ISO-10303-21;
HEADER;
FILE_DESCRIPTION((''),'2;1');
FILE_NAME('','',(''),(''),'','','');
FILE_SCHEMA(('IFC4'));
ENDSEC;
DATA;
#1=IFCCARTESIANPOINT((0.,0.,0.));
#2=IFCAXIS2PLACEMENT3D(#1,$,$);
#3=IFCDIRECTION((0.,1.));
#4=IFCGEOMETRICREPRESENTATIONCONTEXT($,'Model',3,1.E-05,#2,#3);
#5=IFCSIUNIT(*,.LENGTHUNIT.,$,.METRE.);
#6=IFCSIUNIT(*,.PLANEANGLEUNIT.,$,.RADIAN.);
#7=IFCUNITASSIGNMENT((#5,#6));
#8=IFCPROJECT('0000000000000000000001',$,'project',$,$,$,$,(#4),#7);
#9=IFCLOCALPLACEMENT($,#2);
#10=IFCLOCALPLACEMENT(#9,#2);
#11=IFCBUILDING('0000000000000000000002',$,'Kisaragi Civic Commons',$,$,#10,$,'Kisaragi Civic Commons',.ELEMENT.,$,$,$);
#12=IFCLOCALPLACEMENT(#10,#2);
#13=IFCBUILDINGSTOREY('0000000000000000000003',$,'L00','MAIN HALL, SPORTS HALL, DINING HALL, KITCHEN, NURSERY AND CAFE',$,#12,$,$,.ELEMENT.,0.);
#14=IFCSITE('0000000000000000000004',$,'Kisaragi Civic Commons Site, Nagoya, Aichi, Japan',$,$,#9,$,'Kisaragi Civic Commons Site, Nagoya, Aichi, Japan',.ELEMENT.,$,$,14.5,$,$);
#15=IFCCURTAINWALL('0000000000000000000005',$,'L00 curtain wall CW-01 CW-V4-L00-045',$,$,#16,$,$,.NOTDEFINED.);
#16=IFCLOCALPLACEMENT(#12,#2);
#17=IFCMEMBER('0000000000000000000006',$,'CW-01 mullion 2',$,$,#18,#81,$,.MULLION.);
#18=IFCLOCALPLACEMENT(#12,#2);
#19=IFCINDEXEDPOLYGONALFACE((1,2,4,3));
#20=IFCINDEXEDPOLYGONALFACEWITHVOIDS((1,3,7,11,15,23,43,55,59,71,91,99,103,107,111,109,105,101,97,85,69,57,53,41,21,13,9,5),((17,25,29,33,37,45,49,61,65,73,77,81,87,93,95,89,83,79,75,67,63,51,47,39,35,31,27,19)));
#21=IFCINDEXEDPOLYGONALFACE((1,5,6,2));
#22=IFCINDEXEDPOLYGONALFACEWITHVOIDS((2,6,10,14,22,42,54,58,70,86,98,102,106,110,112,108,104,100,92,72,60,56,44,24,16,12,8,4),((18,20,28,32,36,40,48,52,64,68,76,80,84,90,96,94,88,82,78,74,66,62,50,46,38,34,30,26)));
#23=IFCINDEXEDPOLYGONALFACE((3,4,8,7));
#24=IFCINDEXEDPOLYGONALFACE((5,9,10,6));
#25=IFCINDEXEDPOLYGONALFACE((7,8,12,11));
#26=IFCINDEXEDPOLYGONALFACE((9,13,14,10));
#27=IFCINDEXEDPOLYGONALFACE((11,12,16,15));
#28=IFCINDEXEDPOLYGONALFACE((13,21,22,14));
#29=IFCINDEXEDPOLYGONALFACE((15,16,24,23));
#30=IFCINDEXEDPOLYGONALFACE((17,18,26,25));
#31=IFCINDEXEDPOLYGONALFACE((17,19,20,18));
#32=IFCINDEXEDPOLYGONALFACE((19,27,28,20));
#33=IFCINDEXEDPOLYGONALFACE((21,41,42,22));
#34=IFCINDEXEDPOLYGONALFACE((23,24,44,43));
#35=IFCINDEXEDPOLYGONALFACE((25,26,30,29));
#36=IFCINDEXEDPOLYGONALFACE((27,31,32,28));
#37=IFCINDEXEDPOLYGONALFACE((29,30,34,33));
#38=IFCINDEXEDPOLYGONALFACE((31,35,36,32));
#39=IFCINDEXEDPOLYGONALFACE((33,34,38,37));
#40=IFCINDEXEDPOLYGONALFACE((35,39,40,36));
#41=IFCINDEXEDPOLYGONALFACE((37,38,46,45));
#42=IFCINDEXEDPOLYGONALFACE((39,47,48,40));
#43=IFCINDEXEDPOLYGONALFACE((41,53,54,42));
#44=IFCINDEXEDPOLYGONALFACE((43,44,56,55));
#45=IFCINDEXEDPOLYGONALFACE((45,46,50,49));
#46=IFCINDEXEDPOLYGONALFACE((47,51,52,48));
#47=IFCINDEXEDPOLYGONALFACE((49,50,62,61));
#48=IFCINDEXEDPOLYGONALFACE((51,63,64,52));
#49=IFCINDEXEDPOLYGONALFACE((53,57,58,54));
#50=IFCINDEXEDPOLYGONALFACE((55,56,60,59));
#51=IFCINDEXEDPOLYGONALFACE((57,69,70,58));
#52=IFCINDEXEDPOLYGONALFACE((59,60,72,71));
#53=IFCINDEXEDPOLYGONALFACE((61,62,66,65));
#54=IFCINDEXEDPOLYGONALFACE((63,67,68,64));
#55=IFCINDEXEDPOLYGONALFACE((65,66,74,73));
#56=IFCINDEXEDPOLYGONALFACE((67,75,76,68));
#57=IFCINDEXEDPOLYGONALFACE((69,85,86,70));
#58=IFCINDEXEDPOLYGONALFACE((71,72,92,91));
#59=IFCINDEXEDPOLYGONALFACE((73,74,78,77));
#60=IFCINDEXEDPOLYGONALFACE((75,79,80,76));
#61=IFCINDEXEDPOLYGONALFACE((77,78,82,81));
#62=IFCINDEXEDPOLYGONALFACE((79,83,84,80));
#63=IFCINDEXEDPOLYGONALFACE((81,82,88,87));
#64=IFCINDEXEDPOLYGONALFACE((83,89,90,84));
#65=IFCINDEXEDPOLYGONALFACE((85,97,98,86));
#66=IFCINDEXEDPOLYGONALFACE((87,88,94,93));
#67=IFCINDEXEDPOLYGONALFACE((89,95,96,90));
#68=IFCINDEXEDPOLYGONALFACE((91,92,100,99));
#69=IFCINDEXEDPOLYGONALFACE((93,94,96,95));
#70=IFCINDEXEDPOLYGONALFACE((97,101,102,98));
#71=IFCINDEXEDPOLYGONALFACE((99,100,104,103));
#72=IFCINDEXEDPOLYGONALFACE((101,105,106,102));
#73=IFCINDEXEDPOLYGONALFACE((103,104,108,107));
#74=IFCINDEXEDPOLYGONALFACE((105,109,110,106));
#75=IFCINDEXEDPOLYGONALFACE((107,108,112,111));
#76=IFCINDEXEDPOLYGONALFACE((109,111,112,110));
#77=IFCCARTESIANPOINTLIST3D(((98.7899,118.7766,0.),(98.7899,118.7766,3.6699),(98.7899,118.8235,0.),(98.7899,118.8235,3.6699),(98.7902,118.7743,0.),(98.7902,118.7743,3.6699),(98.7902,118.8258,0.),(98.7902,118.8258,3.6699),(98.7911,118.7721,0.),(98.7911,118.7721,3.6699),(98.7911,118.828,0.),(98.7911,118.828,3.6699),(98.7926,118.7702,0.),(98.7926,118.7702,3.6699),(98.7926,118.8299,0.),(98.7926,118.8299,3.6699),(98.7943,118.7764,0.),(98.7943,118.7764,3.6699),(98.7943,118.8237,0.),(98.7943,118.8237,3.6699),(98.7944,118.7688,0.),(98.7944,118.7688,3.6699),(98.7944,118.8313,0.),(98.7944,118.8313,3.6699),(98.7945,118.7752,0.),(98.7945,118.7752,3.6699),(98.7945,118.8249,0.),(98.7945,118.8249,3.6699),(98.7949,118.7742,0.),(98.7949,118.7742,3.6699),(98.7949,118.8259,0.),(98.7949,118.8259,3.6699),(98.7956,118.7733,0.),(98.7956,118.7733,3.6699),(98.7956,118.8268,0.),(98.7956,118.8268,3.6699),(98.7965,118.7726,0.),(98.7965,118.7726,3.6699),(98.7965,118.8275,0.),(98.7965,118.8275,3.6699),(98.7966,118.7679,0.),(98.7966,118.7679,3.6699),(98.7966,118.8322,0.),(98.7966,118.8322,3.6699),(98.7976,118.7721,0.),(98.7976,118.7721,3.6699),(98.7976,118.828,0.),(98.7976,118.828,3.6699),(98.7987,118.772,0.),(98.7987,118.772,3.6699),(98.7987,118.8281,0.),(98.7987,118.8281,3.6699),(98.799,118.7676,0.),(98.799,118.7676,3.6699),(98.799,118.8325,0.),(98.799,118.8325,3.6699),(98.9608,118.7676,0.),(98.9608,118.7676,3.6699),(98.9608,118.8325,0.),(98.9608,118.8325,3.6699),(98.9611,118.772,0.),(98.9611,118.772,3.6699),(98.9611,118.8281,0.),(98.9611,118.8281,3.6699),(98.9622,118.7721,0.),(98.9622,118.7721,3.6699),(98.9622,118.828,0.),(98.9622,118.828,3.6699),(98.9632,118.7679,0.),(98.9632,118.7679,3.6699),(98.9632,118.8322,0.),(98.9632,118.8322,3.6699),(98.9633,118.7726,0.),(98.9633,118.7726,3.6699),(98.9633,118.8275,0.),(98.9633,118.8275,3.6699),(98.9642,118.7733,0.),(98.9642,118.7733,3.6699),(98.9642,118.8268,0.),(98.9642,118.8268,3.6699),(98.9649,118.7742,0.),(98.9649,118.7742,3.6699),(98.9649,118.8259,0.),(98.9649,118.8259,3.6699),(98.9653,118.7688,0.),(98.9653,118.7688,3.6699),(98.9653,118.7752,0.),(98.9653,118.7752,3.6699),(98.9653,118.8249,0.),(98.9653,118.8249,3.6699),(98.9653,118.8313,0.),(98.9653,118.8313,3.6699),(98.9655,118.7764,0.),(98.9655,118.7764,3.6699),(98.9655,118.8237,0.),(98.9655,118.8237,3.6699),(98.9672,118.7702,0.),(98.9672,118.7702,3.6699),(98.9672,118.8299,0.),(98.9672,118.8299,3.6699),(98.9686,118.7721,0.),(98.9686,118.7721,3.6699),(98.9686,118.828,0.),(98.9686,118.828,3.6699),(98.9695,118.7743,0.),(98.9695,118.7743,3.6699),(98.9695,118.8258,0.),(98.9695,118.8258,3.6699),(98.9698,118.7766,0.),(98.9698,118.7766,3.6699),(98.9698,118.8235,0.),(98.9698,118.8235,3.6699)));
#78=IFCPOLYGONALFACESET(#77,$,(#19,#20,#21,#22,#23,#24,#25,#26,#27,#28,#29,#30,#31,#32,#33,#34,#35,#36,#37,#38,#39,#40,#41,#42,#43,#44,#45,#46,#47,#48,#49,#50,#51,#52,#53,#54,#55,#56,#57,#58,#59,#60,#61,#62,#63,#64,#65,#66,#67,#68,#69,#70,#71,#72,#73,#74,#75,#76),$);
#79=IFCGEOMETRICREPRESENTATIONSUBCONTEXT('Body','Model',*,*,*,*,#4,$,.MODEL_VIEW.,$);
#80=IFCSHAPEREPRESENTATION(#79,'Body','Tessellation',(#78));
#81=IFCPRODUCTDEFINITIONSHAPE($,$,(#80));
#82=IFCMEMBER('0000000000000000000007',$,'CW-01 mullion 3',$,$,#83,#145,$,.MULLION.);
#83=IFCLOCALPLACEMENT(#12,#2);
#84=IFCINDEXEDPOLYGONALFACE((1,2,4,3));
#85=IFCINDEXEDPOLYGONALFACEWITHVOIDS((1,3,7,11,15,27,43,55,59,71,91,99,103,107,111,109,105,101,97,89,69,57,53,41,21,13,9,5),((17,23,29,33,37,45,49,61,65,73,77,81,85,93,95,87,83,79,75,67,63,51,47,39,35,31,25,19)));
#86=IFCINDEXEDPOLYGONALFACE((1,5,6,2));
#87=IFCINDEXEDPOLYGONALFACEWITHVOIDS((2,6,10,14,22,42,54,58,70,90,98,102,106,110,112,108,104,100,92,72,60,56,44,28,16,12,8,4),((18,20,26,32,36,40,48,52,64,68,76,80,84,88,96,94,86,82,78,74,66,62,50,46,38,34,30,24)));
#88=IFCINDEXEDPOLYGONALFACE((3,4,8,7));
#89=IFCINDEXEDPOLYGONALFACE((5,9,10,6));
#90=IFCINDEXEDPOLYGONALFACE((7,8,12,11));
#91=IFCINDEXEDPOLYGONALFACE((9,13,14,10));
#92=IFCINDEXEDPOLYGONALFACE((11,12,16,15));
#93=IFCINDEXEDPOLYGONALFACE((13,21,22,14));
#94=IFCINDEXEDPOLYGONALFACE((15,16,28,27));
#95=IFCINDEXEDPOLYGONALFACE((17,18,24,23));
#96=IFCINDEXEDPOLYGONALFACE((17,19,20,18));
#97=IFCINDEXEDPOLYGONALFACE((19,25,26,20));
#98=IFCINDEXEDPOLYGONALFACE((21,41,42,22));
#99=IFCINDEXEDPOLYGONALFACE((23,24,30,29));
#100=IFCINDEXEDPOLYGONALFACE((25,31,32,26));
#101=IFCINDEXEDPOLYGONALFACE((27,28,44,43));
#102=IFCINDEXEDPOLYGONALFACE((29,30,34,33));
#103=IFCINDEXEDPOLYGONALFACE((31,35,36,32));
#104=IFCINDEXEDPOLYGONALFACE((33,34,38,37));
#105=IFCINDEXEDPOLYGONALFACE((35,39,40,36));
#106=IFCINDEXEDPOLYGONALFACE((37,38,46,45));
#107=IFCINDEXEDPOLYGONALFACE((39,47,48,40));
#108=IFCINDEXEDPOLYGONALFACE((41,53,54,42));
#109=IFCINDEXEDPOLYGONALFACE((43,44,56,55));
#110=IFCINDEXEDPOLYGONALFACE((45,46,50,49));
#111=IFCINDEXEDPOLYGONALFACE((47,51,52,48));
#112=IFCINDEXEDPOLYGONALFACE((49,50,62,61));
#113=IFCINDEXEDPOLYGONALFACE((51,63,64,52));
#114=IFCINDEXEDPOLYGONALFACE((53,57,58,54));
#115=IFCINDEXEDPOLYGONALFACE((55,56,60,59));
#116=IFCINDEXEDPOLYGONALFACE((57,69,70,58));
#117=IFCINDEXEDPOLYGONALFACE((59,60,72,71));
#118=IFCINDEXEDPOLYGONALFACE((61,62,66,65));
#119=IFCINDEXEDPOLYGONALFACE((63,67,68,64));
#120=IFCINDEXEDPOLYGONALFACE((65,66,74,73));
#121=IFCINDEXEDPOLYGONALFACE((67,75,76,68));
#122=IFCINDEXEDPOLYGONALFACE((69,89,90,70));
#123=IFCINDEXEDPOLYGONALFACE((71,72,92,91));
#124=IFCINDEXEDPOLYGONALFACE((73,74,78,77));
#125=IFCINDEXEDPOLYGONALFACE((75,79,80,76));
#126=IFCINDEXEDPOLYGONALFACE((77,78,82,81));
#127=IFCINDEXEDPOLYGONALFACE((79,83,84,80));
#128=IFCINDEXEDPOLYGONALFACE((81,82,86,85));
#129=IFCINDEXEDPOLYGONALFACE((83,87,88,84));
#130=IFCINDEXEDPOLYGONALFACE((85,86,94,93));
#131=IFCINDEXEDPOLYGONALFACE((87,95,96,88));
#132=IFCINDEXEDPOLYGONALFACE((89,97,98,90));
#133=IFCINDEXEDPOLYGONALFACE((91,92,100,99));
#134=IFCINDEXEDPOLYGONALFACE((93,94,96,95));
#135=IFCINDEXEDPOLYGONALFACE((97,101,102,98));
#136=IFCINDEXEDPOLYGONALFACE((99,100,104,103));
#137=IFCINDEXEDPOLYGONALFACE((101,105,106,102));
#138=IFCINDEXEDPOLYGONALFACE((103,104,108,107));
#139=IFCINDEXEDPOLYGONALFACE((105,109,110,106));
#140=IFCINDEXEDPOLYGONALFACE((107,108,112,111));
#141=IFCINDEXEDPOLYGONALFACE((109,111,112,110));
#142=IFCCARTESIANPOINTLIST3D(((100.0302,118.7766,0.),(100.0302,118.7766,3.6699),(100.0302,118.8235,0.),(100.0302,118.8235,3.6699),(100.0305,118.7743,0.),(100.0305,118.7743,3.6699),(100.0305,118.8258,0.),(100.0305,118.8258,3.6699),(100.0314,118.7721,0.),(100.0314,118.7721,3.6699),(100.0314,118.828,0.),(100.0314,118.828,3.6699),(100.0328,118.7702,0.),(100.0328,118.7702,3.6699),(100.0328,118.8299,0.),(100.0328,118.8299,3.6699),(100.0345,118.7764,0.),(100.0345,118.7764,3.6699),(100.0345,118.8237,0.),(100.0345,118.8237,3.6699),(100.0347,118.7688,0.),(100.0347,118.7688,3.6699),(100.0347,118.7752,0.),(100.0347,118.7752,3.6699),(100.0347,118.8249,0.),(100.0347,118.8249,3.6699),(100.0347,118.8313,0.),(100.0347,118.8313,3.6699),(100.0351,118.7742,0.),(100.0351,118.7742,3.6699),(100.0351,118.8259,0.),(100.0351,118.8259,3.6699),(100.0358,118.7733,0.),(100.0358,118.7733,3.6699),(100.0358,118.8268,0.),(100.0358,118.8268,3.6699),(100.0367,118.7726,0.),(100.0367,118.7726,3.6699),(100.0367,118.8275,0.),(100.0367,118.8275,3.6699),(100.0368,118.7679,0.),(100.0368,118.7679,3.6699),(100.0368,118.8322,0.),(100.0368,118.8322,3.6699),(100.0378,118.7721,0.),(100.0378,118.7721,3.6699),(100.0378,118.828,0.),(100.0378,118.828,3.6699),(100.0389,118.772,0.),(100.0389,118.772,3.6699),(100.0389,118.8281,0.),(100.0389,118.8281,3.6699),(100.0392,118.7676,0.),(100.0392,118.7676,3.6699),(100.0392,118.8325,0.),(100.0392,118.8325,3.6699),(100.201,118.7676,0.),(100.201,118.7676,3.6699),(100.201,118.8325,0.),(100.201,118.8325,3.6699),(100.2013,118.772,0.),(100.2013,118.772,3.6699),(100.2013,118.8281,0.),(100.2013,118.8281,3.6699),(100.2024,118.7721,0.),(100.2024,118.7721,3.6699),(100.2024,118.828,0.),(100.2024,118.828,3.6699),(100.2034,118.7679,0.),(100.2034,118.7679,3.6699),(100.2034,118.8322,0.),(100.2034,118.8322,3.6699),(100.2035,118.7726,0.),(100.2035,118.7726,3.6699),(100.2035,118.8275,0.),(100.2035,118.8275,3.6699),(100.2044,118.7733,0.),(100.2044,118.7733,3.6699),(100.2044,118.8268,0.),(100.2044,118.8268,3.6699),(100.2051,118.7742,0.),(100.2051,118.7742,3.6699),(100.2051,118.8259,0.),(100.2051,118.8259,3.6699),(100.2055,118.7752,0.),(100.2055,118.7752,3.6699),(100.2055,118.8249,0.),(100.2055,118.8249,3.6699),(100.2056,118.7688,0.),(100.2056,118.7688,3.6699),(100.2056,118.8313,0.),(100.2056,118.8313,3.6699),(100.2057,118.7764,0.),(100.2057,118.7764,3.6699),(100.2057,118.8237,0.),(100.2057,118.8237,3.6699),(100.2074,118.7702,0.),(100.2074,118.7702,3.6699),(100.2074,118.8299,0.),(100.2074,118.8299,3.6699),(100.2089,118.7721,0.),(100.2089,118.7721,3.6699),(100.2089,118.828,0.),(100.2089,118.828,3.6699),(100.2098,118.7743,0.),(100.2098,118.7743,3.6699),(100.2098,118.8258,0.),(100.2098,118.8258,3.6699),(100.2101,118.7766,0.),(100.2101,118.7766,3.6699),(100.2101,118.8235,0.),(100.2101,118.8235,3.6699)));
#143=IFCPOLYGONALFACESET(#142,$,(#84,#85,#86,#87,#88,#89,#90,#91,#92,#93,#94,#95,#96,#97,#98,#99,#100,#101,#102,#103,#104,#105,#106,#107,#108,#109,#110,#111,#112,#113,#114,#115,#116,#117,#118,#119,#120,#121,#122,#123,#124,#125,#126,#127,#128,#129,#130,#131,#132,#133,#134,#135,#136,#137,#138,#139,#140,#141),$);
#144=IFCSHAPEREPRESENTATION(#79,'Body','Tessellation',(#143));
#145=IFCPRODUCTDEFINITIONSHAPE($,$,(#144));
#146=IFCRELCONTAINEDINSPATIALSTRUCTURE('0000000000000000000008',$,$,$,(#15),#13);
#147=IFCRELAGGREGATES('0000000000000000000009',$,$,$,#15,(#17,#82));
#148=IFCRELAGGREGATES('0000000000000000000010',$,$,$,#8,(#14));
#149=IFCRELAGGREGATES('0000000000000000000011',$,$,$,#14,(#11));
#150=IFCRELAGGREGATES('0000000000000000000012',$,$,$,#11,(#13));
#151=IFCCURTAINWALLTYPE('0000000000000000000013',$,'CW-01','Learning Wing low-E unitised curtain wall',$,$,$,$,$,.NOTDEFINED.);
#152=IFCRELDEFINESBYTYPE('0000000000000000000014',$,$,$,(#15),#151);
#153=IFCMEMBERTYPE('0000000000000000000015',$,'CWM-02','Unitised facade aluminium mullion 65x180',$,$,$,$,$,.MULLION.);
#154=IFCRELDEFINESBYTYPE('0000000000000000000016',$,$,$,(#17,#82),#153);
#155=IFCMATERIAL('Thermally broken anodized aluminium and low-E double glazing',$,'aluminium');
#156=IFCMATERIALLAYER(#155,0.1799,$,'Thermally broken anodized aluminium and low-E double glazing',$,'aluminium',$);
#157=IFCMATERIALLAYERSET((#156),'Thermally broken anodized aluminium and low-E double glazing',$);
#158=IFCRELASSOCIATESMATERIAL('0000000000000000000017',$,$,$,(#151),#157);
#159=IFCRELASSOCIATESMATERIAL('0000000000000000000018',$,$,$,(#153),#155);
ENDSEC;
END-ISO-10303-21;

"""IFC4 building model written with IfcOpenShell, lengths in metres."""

from ifc_helpers import new_model, si_unit, direction, frame, origin, origin_2d, place, context, subcontext, project, spatial, hollow_rectangle, extrude, material, layer, layer_set, material_profile, profile_set, type_object, element, aggregate, save


model = new_model("IFC4")

# Units and contexts
model_context = context("Model", 3, precision=1e-05, world=origin(), true_north=direction((0.0, 1.0)))
body_context = subcontext(model_context, "Body", "Model", "MODEL_VIEW")
ifc_project = project(units=[si_unit("LENGTHUNIT", "METRE"), si_unit("PLANEANGLEUNIT", "RADIAN")], contexts=[model_context])

# Site, building, storey
site_placement = place(None, origin())
site = spatial("IfcSite", under=ifc_project, at=site_placement, Name="Kisaragi Civic Commons Site, Nagoya, Aichi, Japan", LongName="Kisaragi Civic Commons Site, Nagoya, Aichi, Japan", CompositionType="ELEMENT", RefElevation=14.5)
building_placement = place(site_placement, origin())
building = spatial("IfcBuilding", under=site, at=building_placement, Name="Kisaragi Civic Commons", LongName="Kisaragi Civic Commons", CompositionType="ELEMENT")
storey_placement = place(building_placement, origin())
storey = spatial("IfcBuildingStorey", under=building, at=storey_placement, Name="L00", Description="MAIN HALL, SPORTS HALL, DINING HALL, KITCHEN, NURSERY AND CAFE", CompositionType="ELEMENT", Elevation=0.0)

# Curtain wall, members
ifc_material_1 = material(Name="Thermally broken anodized aluminium and low-E double glazing", Category="aluminium")
ifc_layer_1 = layer(ifc_material_1, 0.1799, Name="Thermally broken anodized aluminium and low-E double glazing", Category="aluminium")
ifc_layer_set_1 = layer_set([ifc_layer_1], Name="Thermally broken anodized aluminium and low-E double glazing")
curtain_wall_type = type_object("IfcCurtainWallType", Name="CW-01", Description="Learning Wing low-E unitised curtain wall", PredefinedType="NOTDEFINED", material=ifc_layer_set_1)
curtain_wall_placement = place(storey_placement, origin())
curtain_wall = element("IfcCurtainWall", 1, at=curtain_wall_placement, inside=storey, type_object=curtain_wall_type, Name="L00 curtain wall CW-01 CW-V4-L00-045", PredefinedType="NOTDEFINED")
ifc_material_profile_1 = material_profile(ifc_material_1, hollow_rectangle(XDim=0.0649, YDim=0.1799, WallThickness=0.0044, InnerFilletRadius=0.0044, OuterFilletRadius=0.009, at=origin_2d()), Name="CWM-65x180x4.5", Category="aluminium")
ifc_profile_set_1 = profile_set([ifc_material_profile_1], Name="Thermally broken anodized aluminium and low-E double glazing")
member_type_1 = type_object("IfcMemberType", Name="CWM-02", Description="Unitised facade aluminium mullion 65x180", PredefinedType="MULLION", material=ifc_profile_set_1)
member_1_placement = place(storey_placement, frame((98.8799, 118.8, 0.0), z_axis=(0.0, 0.0, 1.0), x_axis=(0.0, 1.0, 0.0)))
member_1 = element("IfcMember", 2, at=member_1_placement, type_object=member_type_1, Name="CW-01 mullion 2", PredefinedType="MULLION", context=body_context, shape_type="SweptSolid", body=[
    extrude(hollow_rectangle(XDim=0.0649, YDim=0.1799, WallThickness=0.0044, InnerFilletRadius=0.0044, OuterFilletRadius=0.009, at=origin_2d()), origin(), (0.0, 0.0, 1.0), 3.6699),
])
member_2_placement = place(storey_placement, frame((100.1201, 118.8, 0.0), z_axis=(0.0, 0.0, 1.0), x_axis=(0.0, 1.0, 0.0)))
member_2 = element("IfcMember", 3, at=member_2_placement, type_object=member_type_1, Name="CW-01 mullion 3", PredefinedType="MULLION", context=body_context, shape_type="SweptSolid", body=[
    extrude(hollow_rectangle(XDim=0.0649, YDim=0.1799, WallThickness=0.0044, InnerFilletRadius=0.0044, OuterFilletRadius=0.009, at=origin_2d()), origin(), (0.0, 0.0, 1.0), 3.6699),
])

aggregate(curtain_wall, [member_1, member_2])

save(model, "model.ifc")
